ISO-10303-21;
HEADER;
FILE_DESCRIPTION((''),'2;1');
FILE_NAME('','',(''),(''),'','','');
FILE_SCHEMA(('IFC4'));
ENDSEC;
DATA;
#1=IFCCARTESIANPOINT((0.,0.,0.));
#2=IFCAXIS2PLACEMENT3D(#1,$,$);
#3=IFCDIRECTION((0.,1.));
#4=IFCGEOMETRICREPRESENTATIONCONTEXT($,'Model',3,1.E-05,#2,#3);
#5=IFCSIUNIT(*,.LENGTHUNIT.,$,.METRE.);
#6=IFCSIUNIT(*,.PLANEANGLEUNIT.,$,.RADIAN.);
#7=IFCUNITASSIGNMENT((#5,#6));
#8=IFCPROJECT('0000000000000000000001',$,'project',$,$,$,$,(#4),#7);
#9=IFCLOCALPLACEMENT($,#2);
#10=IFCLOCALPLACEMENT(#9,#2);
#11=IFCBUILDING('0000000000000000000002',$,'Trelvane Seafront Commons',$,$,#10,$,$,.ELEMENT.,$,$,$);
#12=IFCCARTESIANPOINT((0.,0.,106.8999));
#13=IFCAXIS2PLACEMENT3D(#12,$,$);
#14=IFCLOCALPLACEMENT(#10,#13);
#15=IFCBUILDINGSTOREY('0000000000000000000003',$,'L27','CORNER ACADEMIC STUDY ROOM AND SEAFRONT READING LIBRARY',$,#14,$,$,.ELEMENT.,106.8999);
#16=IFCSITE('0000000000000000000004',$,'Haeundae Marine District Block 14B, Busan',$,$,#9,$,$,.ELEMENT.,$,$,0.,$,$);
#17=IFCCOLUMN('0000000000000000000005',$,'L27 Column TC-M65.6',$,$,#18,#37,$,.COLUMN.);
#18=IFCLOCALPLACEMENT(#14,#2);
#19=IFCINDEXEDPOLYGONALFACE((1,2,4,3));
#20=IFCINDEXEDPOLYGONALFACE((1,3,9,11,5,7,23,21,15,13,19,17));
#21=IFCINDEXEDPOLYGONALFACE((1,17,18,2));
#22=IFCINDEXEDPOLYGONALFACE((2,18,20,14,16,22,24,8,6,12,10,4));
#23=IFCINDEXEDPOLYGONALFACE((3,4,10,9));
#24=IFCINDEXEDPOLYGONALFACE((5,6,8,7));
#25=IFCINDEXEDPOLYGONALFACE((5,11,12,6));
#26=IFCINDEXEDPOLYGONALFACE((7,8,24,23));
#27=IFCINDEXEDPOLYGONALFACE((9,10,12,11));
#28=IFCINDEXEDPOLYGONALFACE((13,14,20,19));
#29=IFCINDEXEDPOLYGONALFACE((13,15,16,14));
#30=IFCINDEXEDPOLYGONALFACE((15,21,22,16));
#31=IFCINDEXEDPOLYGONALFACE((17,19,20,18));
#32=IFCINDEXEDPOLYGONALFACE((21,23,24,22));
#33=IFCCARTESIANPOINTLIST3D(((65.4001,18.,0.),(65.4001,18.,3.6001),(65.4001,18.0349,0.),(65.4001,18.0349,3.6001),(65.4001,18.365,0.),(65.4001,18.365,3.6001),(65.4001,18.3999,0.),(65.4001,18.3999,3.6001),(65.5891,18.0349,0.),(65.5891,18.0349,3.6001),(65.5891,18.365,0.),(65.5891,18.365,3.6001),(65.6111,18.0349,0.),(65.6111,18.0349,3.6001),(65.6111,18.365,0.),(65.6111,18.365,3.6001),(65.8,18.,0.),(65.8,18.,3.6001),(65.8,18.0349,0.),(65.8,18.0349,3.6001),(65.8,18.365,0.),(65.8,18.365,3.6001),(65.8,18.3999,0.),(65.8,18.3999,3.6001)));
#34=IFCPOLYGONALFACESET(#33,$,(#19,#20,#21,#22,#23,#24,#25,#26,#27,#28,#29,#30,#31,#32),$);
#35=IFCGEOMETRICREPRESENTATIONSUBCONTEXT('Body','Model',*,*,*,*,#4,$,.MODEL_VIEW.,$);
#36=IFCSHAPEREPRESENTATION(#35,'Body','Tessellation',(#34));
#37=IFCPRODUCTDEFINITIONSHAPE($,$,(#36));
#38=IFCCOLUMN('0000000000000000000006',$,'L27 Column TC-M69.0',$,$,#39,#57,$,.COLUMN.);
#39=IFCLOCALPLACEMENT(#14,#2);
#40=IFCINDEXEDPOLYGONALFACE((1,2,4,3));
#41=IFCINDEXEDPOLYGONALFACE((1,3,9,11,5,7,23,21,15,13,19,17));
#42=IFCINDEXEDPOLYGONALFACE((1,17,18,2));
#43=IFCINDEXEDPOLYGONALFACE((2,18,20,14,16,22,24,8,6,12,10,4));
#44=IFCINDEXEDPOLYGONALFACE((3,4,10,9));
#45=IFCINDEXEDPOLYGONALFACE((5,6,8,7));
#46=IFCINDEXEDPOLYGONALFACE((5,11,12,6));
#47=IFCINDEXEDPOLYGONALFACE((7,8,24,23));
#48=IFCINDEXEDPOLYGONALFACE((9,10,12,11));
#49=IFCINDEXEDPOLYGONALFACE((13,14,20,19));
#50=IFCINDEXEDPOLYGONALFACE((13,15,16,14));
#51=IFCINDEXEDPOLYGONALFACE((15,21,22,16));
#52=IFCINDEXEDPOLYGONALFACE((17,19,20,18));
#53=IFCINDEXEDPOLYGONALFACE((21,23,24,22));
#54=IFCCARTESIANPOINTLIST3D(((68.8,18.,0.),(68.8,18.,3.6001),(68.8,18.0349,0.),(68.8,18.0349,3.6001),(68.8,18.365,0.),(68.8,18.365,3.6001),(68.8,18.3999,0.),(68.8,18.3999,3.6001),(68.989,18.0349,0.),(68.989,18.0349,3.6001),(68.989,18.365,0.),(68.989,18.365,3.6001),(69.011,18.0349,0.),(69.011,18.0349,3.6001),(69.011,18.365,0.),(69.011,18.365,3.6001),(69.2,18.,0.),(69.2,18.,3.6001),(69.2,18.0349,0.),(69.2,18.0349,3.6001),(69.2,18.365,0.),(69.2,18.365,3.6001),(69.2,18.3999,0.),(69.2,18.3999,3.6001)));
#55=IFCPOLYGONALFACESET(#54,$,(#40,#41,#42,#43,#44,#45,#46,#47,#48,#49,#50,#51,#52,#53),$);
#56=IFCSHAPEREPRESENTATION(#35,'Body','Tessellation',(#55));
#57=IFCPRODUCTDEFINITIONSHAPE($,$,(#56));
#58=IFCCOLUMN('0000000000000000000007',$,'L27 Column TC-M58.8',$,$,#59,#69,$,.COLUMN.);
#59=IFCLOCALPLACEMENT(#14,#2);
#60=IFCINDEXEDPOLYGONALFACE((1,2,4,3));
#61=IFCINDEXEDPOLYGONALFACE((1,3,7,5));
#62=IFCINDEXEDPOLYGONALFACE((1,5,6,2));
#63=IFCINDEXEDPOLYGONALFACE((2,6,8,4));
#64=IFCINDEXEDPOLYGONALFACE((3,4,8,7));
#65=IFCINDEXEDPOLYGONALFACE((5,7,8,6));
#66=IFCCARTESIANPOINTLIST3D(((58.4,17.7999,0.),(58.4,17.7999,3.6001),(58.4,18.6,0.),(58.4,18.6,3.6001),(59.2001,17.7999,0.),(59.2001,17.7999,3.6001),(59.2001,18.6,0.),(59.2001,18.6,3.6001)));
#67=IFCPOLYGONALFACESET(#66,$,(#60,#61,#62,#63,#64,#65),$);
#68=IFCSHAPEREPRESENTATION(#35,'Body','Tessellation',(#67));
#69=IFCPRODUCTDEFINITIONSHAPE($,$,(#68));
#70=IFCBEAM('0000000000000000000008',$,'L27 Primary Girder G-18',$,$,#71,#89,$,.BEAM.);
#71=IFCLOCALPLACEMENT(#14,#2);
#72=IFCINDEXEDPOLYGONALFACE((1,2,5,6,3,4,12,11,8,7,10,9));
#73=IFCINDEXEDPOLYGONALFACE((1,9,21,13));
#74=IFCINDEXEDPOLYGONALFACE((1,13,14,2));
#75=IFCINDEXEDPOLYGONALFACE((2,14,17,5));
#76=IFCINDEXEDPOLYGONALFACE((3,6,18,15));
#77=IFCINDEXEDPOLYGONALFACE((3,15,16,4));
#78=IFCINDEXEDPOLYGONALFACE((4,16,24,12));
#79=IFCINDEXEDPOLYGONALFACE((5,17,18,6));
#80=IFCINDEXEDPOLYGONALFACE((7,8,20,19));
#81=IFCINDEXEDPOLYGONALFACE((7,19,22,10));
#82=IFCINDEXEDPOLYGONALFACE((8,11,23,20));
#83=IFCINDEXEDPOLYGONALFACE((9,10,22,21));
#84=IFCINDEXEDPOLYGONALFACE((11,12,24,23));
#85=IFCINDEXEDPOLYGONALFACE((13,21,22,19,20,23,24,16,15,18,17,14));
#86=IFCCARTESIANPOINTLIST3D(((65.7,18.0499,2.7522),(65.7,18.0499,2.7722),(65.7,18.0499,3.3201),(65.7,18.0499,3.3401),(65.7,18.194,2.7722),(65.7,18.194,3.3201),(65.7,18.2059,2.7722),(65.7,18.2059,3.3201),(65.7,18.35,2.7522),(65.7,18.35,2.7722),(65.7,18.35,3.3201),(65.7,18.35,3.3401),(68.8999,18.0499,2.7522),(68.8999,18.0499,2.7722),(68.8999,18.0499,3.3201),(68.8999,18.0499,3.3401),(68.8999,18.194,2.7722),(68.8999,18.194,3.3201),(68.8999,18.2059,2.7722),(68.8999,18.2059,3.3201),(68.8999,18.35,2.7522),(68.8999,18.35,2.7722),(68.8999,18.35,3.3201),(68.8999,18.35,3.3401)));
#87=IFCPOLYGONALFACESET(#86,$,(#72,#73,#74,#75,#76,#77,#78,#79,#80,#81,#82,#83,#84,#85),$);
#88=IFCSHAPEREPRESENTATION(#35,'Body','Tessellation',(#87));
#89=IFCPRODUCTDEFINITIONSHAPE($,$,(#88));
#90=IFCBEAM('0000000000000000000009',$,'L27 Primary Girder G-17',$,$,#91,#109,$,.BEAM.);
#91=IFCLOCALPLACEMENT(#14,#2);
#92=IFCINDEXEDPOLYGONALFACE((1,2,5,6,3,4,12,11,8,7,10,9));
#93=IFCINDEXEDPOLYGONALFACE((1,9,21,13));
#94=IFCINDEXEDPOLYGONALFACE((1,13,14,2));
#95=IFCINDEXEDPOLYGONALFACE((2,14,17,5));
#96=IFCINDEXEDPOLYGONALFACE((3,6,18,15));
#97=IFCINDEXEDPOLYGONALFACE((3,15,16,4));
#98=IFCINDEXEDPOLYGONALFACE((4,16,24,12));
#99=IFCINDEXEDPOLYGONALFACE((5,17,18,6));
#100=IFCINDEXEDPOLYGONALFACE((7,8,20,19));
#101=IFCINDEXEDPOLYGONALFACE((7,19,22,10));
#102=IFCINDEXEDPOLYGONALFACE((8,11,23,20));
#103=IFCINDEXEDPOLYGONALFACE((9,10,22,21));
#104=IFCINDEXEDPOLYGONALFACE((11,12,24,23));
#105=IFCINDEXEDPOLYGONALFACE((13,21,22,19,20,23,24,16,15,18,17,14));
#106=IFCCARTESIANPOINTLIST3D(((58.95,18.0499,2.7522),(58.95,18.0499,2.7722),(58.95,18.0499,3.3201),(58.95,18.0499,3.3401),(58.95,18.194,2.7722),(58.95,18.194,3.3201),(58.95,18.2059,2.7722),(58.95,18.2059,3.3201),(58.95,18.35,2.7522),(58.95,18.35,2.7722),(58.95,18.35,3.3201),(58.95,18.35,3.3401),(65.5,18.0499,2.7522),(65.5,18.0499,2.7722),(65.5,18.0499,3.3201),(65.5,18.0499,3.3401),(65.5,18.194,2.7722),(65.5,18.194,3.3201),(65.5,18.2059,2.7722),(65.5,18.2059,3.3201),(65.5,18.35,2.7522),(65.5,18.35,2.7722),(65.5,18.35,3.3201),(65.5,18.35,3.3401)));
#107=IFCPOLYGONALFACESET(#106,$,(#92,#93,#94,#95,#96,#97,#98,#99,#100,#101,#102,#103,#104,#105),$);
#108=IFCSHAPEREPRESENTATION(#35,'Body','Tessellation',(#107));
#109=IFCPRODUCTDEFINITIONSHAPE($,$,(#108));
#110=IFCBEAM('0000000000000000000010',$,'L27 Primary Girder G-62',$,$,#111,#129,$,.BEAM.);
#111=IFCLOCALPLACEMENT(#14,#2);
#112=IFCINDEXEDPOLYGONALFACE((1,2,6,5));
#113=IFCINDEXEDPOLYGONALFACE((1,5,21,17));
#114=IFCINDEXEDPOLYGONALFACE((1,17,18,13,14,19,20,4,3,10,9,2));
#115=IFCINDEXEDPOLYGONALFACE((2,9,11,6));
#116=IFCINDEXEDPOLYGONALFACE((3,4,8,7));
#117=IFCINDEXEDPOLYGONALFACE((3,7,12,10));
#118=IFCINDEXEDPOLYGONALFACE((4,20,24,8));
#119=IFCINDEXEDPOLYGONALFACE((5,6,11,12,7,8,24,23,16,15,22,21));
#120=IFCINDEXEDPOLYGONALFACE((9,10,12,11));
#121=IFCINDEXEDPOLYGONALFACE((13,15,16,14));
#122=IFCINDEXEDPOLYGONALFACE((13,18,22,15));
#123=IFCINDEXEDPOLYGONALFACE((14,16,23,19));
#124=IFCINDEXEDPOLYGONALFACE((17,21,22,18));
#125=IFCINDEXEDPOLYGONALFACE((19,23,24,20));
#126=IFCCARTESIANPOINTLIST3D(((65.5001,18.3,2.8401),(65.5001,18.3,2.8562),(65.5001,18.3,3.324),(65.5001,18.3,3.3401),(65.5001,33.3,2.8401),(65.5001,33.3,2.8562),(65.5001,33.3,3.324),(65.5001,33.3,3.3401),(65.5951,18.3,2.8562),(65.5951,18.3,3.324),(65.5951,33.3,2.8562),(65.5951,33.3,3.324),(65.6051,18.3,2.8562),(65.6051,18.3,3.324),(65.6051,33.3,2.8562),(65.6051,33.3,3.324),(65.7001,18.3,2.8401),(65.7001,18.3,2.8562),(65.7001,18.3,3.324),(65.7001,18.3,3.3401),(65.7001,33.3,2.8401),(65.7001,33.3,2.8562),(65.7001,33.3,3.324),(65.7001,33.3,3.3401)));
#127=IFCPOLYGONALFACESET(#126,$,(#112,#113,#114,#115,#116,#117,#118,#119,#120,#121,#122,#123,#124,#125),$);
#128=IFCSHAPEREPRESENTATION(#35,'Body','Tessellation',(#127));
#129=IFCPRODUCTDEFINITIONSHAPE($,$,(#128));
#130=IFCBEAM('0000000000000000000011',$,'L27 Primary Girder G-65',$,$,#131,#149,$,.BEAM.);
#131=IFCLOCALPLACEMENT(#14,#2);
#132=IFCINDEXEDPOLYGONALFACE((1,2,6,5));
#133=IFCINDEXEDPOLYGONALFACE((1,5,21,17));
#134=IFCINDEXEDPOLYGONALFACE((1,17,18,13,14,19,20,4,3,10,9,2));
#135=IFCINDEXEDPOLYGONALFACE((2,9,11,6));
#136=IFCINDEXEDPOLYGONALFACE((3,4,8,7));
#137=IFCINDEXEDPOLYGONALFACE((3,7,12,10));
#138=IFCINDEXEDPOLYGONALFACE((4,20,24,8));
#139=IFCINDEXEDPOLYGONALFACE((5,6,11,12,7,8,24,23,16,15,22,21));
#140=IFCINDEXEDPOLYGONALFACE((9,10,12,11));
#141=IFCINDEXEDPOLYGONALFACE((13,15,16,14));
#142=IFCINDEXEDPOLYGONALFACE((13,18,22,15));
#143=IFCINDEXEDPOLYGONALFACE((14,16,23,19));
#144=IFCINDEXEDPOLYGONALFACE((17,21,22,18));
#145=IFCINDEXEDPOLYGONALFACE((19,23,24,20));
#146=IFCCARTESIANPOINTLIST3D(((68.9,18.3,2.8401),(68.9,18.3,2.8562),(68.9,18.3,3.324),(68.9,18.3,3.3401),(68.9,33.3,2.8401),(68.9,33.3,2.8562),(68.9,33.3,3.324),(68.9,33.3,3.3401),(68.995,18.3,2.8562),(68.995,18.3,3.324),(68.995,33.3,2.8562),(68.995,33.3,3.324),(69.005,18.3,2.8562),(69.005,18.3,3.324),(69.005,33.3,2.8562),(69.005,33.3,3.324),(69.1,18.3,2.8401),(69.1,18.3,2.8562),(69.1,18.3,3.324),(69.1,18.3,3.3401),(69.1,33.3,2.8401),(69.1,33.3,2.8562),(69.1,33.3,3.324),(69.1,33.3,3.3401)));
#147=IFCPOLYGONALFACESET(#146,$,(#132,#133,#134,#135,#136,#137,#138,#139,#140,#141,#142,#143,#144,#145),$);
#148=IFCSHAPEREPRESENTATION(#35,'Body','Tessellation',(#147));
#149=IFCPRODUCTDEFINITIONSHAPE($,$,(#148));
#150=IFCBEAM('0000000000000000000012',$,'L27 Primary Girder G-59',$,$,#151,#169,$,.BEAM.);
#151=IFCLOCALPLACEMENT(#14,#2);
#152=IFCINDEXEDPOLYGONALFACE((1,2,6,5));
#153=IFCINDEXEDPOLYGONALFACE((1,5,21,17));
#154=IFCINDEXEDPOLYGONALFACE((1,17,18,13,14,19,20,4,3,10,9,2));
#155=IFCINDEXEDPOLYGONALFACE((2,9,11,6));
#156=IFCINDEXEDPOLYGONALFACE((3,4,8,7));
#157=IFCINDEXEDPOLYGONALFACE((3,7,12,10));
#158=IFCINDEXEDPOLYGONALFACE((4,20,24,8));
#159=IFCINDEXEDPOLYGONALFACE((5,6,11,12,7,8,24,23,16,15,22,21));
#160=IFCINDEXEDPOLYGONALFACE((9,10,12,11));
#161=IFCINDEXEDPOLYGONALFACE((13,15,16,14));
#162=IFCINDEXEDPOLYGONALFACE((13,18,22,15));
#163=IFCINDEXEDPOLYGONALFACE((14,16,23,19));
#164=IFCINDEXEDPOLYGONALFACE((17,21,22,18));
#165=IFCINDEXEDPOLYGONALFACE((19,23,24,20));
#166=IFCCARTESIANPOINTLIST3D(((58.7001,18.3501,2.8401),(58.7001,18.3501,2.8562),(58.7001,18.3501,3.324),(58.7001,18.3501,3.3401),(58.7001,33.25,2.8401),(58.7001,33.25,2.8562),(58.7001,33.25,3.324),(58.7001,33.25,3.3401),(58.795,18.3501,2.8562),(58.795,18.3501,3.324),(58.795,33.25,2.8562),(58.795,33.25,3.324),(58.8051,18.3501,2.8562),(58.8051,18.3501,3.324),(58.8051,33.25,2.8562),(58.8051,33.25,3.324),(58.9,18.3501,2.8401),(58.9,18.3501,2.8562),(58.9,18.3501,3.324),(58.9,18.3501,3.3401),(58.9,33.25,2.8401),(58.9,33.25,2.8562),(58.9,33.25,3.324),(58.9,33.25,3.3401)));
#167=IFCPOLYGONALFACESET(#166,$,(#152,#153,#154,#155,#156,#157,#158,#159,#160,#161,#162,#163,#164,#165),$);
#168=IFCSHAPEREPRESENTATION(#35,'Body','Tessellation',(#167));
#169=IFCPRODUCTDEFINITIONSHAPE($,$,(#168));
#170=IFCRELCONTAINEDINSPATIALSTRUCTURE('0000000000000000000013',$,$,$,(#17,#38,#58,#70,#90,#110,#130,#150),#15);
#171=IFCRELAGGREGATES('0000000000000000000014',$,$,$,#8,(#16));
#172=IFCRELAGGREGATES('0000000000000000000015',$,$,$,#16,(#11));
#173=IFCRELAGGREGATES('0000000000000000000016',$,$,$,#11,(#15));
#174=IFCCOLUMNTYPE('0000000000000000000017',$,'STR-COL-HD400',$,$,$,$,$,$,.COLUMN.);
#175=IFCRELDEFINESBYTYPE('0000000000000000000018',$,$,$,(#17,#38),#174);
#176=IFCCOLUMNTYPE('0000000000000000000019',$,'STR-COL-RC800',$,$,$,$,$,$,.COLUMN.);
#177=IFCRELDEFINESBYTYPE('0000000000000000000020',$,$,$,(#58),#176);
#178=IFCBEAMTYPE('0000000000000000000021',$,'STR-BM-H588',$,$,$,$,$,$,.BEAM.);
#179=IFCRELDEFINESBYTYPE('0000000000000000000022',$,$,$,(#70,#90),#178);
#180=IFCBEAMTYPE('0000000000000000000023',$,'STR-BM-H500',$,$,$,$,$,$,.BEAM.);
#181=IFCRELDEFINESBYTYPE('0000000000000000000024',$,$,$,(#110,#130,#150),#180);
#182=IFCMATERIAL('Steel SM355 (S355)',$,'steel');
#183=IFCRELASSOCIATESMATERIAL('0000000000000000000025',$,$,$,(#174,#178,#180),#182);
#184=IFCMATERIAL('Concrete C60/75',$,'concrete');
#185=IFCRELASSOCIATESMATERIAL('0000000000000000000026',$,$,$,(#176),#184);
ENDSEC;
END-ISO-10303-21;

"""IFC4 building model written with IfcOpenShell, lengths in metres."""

from ifc_helpers import new_model, si_unit, direction, frame, origin, origin_2d, place, context, subcontext, project, spatial, rectangle, i_section, extrude, source, transform, mapped, material, material_profile, profile_set, type_object, element, save


model = new_model("IFC4")

# Units and contexts
model_context = context("Model", 3, precision=1e-05, world=origin(), true_north=direction((0.0, 1.0)))
body_context = subcontext(model_context, "Body", "Model", "MODEL_VIEW")
ifc_project = project(units=[si_unit("LENGTHUNIT", "METRE"), si_unit("PLANEANGLEUNIT", "RADIAN")], contexts=[model_context])

# Site, building, storey
site_placement = place(None, origin())
site = spatial("IfcSite", under=ifc_project, at=site_placement, Name="Haeundae Marine District Block 14B, Busan", CompositionType="ELEMENT", RefElevation=0.0)
building_placement = place(site_placement, origin())
building = spatial("IfcBuilding", under=site, at=building_placement, Name="Trelvane Seafront Commons", CompositionType="ELEMENT")
storey_placement = place(building_placement, frame((0.0, 0.0, 106.8999)))
storey = spatial("IfcBuildingStorey", under=building, at=storey_placement, Name="L27", Description="CORNER ACADEMIC STUDY ROOM AND SEAFRONT READING LIBRARY", CompositionType="ELEMENT", Elevation=106.8999)

# Columns
ifc_material_1 = material(Name="Steel SM355 (S355)", Category="steel")
ifc_material_profile_1 = material_profile(ifc_material_1, i_section(OverallWidth=0.3999, OverallDepth=0.3999, WebThickness=0.022, FlangeThickness=0.0349, at=origin_2d()), Name="HD-400x400x22x35")
ifc_profile_set_1 = profile_set([ifc_material_profile_1], Name="Steel SM355 (S355)")
column_type_1 = type_object("IfcColumnType", Name="STR-COL-HD400", PredefinedType="COLUMN", material=ifc_profile_set_1)
shared_shape_1 = source(origin(), body_context, "Body", "SweptSolid", [
    extrude(i_section(OverallWidth=0.3999, OverallDepth=0.3999, WebThickness=0.022, FlangeThickness=0.0349, at=origin_2d()), origin(), (0.0, 0.0, 1.0), 3.6001),
])
for number, where, z_axis, x_axis, name in (
    (1, (65.6001, 18.2, 0.0), (0.0, 0.0, 1.0), (1.0, 0.0, 0.0), "L27 Column TC-M65.6"),
    (2, (69.0, 18.2, 0.0), (0.0, 0.0, 1.0), (1.0, 0.0, 0.0), "L27 Column TC-M69.0"),
):
    element("IfcColumn", number, at=place(storey_placement, frame(where, z_axis=z_axis, x_axis=x_axis)), inside=storey, type_object=column_type_1, Name=name, PredefinedType="COLUMN", context=body_context, shape_type="MappedRepresentation", body=[
        mapped(shared_shape_1, transform((0.0, 0.0, 0.0), x_axis=(1.0, 0.0, 0.0), y_axis=(0.0, 1.0, 0.0), z_axis=(0.0, 0.0, 1.0), scale=1.0)),
    ])
ifc_material_2 = material(Name="Concrete C60/75", Category="concrete")
ifc_material_profile_2 = material_profile(ifc_material_2, rectangle(XDim=0.8, YDim=0.8, at=origin_2d()), Name="RC-800x800")
ifc_profile_set_2 = profile_set([ifc_material_profile_2], Name="Concrete C60/75")
column_type_2 = type_object("IfcColumnType", Name="STR-COL-RC800", PredefinedType="COLUMN", material=ifc_profile_set_2)
shared_shape_2 = source(origin(), body_context, "Body", "SweptSolid", [
    extrude(rectangle(XDim=0.8, YDim=0.8, at=origin_2d()), origin(), (0.0, 0.0, 1.0), 3.6001),
])
column_placement = place(storey_placement, frame((58.8, 18.2, 0.0), z_axis=(0.0, 0.0, 1.0), x_axis=(1.0, 0.0, 0.0)))
element("IfcColumn", 3, at=column_placement, inside=storey, type_object=column_type_2, Name="L27 Column TC-M58.8", PredefinedType="COLUMN", context=body_context, shape_type="MappedRepresentation", body=[
    mapped(shared_shape_2, transform((0.0, 0.0, 0.0), x_axis=(1.0, 0.0, 0.0), y_axis=(0.0, 1.0, 0.0), z_axis=(0.0, 0.0, 1.0), scale=1.0)),
])

# Beams
ifc_material_profile_3 = material_profile(ifc_material_1, i_section(OverallWidth=0.3, OverallDepth=0.5879, WebThickness=0.012, FlangeThickness=0.02, at=origin_2d()), Name="H-588x300x12x20")
ifc_profile_set_3 = profile_set([ifc_material_profile_3], Name="Steel SM355 (S355)")
beam_type_1 = type_object("IfcBeamType", Name="STR-BM-H588", PredefinedType="BEAM", material=ifc_profile_set_3)
shared_shape_3 = source(origin(), body_context, "Body", "SweptSolid", [
    extrude(i_section(OverallWidth=0.3, OverallDepth=0.5879, WebThickness=0.012, FlangeThickness=0.02, at=origin_2d()), origin(), (0.0, 0.0, 1.0), 3.2),
])
beam_1_placement = place(storey_placement, frame((65.7, 18.2, 3.0461), z_axis=(1.0, 0.0, 0.0), x_axis=(0.0, 1.0, 0.0)))
element("IfcBeam", 4, at=beam_1_placement, inside=storey, type_object=beam_type_1, Name="L27 Primary Girder G-18", PredefinedType="BEAM", context=body_context, shape_type="MappedRepresentation", body=[
    mapped(shared_shape_3, transform((0.0, 0.0, 0.0), x_axis=(1.0, 0.0, 0.0), y_axis=(0.0, 1.0, 0.0), z_axis=(0.0, 0.0, 1.0), scale=1.0)),
])
shared_shape_4 = source(origin(), body_context, "Body", "SweptSolid", [
    extrude(i_section(OverallWidth=0.3, OverallDepth=0.5879, WebThickness=0.012, FlangeThickness=0.02, at=origin_2d()), origin(), (0.0, 0.0, 1.0), 6.55),
])
beam_2_placement = place(storey_placement, frame((58.95, 18.2, 3.0461), z_axis=(1.0, 0.0, 0.0), x_axis=(0.0, 1.0, 0.0)))
element("IfcBeam", 5, at=beam_2_placement, inside=storey, type_object=beam_type_1, Name="L27 Primary Girder G-17", PredefinedType="BEAM", context=body_context, shape_type="MappedRepresentation", body=[
    mapped(shared_shape_4, transform((0.0, 0.0, 0.0), x_axis=(1.0, 0.0, 0.0), y_axis=(0.0, 1.0, 0.0), z_axis=(0.0, 0.0, 1.0), scale=1.0)),
])
ifc_material_profile_4 = material_profile(ifc_material_1, i_section(OverallWidth=0.2, OverallDepth=0.5, WebThickness=0.01, FlangeThickness=0.0161, at=origin_2d()), Name="H-500x200x10x16")
ifc_profile_set_4 = profile_set([ifc_material_profile_4], Name="Steel SM355 (S355)")
beam_type_2 = type_object("IfcBeamType", Name="STR-BM-H500", PredefinedType="BEAM", material=ifc_profile_set_4)
shared_shape_5 = source(origin(), body_context, "Body", "SweptSolid", [
    extrude(i_section(OverallWidth=0.2, OverallDepth=0.5, WebThickness=0.01, FlangeThickness=0.0161, at=origin_2d()), origin(), (0.0, 0.0, 1.0), 15.0),
])
for number, where, z_axis, x_axis, name in (
    (6, (65.6001, 18.3, 3.0901), (0.0, 1.0, 0.0), (-1.0, 0.0, 0.0), "L27 Primary Girder G-62"),
    (7, (69.0, 18.3, 3.0901), (0.0, 1.0, 0.0), (-1.0, 0.0, 0.0), "L27 Primary Girder G-65"),
):
    element("IfcBeam", number, at=place(storey_placement, frame(where, z_axis=z_axis, x_axis=x_axis)), inside=storey, type_object=beam_type_2, Name=name, PredefinedType="BEAM", context=body_context, shape_type="MappedRepresentation", body=[
        mapped(shared_shape_5, transform((0.0, 0.0, 0.0), x_axis=(1.0, 0.0, 0.0), y_axis=(0.0, 1.0, 0.0), z_axis=(0.0, 0.0, 1.0), scale=1.0)),
    ])
shared_shape_6 = source(origin(), body_context, "Body", "SweptSolid", [
    extrude(i_section(OverallWidth=0.2, OverallDepth=0.5, WebThickness=0.01, FlangeThickness=0.0161, at=origin_2d()), origin(), (0.0, 0.0, 1.0), 14.8999),
])
beam_3_placement = place(storey_placement, frame((58.8, 18.3501, 3.0901), z_axis=(0.0, 1.0, 0.0), x_axis=(-1.0, 0.0, 0.0)))
element("IfcBeam", 8, at=beam_3_placement, inside=storey, type_object=beam_type_2, Name="L27 Primary Girder G-59", PredefinedType="BEAM", context=body_context, shape_type="MappedRepresentation", body=[
    mapped(shared_shape_6, transform((0.0, 0.0, 0.0), x_axis=(1.0, 0.0, 0.0), y_axis=(0.0, 1.0, 0.0), z_axis=(0.0, 0.0, 1.0), scale=1.0)),
])

save(model, "model.ifc")
